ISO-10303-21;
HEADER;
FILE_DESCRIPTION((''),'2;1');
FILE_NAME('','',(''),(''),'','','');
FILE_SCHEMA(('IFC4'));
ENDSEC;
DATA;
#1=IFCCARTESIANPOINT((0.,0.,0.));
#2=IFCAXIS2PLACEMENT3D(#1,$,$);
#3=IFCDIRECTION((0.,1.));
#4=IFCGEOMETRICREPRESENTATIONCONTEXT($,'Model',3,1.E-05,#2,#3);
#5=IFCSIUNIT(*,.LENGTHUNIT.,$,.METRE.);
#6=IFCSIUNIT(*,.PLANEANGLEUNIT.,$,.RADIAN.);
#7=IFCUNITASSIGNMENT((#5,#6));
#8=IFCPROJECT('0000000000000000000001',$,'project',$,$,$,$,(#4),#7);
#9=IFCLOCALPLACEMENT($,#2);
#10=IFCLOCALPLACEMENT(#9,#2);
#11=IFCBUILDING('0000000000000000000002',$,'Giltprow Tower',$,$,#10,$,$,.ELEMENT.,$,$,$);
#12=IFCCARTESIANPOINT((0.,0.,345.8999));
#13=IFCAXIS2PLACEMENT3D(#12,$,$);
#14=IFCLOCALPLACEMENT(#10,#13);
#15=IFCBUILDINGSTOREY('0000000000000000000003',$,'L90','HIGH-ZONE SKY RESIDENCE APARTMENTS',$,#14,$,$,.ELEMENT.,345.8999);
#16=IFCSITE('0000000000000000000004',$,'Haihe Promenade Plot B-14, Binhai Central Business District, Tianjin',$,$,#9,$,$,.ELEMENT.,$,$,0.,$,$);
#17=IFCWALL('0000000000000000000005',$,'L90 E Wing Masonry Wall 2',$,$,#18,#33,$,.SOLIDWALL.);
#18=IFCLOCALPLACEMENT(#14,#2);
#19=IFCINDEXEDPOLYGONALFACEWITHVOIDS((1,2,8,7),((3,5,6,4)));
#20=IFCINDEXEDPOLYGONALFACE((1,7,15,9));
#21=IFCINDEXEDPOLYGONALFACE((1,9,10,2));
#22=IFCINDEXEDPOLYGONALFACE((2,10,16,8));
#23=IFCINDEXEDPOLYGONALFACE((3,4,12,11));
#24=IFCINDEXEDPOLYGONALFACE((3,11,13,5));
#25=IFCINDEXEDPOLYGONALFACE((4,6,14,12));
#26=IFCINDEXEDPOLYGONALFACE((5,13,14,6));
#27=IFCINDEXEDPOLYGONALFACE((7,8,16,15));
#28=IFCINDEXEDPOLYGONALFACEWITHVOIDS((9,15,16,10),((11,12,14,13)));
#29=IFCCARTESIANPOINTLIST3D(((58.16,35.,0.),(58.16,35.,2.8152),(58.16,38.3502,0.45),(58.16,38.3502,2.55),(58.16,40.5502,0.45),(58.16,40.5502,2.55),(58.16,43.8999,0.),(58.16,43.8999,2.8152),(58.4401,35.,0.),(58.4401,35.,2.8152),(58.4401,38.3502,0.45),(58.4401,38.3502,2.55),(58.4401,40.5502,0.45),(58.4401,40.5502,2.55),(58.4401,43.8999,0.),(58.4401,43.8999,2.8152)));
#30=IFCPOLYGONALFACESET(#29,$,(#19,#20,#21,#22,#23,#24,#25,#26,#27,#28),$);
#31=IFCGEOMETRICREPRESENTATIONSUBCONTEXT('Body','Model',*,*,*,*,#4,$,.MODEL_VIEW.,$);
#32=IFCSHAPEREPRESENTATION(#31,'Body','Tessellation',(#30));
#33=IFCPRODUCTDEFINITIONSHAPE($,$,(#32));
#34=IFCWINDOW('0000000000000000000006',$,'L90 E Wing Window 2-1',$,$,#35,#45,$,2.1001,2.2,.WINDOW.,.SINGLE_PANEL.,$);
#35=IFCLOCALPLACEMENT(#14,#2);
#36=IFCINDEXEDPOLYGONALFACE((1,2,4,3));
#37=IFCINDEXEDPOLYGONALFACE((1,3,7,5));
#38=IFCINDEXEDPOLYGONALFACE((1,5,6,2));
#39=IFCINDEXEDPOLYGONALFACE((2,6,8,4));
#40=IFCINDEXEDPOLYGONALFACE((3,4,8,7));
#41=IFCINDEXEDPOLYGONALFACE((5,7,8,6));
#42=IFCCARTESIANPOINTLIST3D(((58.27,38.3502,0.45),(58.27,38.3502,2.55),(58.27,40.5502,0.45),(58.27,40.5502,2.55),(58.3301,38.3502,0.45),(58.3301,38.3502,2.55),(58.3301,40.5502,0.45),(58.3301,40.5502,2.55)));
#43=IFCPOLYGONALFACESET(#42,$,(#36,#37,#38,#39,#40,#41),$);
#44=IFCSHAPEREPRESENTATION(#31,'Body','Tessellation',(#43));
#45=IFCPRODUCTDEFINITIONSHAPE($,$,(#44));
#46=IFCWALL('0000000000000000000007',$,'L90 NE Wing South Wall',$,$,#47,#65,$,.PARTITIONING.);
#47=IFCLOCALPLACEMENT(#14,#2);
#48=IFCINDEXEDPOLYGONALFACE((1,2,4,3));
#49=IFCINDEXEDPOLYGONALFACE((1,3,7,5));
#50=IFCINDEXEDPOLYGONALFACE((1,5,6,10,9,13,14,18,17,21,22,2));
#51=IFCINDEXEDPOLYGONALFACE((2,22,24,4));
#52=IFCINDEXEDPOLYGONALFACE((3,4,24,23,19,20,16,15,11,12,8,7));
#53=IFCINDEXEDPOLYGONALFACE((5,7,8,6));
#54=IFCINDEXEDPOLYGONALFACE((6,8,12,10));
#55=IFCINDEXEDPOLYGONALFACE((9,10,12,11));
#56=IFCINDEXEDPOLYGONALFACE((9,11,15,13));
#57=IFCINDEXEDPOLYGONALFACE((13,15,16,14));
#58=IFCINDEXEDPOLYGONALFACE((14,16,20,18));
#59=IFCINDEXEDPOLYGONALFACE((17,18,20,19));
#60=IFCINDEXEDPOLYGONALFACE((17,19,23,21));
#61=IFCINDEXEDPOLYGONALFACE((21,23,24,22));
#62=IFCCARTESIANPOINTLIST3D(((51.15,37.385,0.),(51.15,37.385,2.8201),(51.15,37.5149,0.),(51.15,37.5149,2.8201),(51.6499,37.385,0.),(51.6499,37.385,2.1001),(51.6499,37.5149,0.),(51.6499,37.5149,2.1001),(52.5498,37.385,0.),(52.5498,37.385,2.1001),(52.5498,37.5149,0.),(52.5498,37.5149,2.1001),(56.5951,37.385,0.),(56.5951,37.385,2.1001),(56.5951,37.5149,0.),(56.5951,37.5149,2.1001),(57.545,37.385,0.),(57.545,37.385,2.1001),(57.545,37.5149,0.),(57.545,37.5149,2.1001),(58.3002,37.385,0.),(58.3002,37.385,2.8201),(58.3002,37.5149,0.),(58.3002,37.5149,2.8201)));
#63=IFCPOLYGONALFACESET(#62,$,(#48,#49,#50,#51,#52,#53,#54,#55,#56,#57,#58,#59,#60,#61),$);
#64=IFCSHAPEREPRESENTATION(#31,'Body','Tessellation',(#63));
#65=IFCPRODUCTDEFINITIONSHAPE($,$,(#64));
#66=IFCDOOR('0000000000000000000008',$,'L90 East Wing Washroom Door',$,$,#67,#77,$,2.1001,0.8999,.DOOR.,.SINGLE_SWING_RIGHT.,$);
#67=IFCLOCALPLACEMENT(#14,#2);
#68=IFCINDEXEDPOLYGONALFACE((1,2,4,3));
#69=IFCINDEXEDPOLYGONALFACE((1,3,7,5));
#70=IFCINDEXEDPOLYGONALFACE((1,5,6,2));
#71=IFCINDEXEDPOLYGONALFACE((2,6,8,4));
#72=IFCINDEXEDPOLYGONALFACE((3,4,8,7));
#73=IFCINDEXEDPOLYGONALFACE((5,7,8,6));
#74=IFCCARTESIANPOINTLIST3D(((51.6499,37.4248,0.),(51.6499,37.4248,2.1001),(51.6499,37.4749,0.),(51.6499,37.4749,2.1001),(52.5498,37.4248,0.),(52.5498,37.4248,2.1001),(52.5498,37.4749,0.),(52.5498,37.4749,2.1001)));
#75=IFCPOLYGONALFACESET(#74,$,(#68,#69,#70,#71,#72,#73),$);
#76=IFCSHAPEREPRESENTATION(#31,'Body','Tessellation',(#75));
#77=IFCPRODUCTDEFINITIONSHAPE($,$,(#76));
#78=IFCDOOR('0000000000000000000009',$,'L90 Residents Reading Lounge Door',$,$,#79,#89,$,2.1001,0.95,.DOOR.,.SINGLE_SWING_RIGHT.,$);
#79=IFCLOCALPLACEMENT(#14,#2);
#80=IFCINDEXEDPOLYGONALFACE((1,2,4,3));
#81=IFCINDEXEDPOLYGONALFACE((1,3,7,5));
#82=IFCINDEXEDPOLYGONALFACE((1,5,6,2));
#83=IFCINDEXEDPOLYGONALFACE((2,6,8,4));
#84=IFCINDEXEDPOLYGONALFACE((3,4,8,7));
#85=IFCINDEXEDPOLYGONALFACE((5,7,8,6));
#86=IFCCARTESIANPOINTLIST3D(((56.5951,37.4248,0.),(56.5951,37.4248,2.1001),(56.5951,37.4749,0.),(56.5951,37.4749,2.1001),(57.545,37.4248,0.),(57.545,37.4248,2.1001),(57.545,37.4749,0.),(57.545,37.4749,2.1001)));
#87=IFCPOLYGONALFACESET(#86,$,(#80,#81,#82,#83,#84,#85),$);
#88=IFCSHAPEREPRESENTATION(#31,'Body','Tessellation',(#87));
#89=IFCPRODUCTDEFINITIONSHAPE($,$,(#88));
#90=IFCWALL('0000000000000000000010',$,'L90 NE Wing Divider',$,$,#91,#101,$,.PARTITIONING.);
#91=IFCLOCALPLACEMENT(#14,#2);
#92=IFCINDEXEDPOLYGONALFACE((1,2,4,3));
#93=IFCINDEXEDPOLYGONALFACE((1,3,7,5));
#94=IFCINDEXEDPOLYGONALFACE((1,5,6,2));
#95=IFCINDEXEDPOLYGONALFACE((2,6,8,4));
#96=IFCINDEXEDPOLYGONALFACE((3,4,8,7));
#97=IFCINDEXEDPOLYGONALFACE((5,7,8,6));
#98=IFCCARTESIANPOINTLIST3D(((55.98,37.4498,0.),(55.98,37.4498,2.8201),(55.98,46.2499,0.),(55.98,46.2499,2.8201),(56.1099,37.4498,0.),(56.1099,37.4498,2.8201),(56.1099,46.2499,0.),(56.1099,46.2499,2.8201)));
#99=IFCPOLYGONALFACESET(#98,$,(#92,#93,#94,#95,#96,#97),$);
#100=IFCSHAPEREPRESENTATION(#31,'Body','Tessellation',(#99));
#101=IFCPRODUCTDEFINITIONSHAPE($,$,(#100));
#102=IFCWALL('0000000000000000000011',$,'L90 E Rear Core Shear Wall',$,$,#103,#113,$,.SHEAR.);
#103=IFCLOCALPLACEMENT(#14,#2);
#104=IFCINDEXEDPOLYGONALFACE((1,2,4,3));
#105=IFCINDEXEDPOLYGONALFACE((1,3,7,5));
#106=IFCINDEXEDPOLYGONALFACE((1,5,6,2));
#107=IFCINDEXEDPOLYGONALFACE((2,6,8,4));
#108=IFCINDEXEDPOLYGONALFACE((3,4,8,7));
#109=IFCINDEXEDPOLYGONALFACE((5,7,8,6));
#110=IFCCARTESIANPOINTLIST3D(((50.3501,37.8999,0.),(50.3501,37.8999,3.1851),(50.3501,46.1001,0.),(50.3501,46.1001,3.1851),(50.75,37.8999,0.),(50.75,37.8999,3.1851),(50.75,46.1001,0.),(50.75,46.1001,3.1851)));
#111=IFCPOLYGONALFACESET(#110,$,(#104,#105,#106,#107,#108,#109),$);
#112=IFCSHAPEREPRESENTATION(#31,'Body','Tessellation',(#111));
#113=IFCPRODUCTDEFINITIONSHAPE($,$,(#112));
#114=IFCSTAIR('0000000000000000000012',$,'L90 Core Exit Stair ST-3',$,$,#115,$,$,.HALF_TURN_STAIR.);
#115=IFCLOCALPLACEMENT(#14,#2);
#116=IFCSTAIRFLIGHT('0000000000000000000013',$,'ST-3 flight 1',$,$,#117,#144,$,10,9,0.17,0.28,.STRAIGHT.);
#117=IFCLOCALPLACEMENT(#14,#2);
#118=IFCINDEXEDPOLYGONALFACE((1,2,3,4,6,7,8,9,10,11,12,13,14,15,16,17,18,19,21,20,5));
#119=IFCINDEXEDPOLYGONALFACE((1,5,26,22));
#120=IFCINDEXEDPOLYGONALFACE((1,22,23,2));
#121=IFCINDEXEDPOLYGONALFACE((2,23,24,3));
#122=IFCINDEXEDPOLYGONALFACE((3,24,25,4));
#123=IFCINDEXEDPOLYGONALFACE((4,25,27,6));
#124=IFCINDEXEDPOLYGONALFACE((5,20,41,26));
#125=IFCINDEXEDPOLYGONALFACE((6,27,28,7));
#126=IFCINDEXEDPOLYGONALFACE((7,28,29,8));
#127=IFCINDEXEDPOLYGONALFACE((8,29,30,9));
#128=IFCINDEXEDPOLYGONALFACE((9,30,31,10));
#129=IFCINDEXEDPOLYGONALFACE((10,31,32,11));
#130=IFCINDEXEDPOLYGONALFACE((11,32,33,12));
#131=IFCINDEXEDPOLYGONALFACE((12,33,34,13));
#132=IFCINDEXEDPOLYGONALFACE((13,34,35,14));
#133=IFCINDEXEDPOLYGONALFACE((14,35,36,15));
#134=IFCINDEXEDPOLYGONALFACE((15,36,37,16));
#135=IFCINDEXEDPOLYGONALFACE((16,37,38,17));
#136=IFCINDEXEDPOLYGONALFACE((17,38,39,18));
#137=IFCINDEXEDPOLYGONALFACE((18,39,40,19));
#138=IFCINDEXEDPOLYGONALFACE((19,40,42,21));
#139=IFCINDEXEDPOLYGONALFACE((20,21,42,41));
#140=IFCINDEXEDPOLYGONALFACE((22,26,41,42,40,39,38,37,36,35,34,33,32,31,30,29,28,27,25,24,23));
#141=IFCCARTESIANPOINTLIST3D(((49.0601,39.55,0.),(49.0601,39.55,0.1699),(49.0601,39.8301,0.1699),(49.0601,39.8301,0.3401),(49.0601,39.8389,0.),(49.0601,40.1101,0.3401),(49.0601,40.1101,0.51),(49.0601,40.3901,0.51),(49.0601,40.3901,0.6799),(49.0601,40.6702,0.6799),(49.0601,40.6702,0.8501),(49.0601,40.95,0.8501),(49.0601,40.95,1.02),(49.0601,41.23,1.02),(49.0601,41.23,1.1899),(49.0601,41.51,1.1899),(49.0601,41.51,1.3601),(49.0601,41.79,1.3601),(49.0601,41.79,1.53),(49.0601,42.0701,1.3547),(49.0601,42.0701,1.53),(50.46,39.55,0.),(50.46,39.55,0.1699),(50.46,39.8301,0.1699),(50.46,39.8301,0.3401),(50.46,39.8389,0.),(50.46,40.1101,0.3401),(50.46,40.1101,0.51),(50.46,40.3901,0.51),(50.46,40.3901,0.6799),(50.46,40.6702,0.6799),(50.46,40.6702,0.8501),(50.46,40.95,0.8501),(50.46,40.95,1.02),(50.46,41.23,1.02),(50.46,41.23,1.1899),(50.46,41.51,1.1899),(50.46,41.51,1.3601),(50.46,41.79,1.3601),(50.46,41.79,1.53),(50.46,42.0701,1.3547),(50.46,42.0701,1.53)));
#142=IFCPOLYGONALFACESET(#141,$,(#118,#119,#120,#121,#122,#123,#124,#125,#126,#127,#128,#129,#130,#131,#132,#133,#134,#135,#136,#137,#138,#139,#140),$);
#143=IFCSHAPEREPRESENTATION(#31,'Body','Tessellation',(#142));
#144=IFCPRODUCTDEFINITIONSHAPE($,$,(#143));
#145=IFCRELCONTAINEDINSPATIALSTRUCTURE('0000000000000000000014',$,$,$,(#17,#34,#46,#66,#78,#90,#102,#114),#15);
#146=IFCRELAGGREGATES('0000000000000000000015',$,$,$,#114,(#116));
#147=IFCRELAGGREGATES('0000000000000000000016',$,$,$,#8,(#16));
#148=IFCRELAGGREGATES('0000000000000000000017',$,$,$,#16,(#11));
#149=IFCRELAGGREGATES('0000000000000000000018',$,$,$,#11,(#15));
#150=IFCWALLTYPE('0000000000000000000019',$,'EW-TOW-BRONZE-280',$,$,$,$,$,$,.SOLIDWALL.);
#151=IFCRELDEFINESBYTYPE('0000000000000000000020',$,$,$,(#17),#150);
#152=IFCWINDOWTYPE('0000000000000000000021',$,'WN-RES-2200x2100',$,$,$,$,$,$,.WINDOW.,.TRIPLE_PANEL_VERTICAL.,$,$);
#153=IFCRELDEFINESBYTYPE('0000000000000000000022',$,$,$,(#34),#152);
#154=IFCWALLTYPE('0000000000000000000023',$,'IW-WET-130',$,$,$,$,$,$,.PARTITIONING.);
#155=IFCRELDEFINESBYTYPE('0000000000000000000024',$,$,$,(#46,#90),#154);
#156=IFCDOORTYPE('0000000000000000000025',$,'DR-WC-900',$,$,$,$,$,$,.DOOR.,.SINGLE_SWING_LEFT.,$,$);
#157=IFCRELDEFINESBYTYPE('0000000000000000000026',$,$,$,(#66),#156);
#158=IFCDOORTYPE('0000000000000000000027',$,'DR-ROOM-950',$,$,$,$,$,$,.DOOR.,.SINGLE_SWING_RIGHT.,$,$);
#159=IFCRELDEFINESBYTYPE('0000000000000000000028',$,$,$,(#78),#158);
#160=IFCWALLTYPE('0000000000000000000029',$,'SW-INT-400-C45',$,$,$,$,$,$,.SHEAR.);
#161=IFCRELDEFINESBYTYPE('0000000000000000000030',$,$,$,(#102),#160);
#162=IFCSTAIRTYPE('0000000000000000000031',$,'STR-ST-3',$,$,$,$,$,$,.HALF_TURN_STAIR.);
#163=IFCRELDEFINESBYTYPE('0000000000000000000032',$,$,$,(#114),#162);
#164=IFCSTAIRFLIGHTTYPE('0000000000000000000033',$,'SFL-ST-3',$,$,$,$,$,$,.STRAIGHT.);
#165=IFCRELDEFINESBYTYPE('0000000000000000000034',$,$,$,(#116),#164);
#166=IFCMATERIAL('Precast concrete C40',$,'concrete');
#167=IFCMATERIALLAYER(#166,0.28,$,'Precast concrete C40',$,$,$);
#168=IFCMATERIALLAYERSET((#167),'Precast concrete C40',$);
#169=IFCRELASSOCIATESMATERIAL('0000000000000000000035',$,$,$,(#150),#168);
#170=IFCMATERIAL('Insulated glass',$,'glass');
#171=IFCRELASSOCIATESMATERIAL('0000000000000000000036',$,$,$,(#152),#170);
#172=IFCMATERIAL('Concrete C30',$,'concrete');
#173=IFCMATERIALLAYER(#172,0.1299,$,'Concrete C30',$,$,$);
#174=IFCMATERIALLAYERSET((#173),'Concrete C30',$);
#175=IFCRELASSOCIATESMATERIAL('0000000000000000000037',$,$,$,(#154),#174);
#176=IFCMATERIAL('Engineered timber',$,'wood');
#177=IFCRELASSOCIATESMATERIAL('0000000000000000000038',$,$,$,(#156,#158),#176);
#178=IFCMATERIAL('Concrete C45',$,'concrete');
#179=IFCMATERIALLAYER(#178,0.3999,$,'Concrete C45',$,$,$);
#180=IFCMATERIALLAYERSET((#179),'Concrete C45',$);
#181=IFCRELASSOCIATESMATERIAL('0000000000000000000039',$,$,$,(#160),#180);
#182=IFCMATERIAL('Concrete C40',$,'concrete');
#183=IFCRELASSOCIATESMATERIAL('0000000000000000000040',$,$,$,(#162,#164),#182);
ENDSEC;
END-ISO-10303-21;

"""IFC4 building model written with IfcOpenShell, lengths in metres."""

from ifc_helpers import new_model, si_unit, direction, frame, frame_2d, origin, place, context, subcontext, project, spatial, polyline, rectangle, outline, extrude, source, transform, mapped, material, layer, layer_set, type_object, element, fill, aggregate, save


model = new_model("IFC4")

# Units and contexts
model_context = context("Model", 3, precision=1e-05, world=origin(), true_north=direction((0.0, 1.0)))
body_context = subcontext(model_context, "Body", "Model", "MODEL_VIEW")
ifc_project = project(units=[si_unit("LENGTHUNIT", "METRE"), si_unit("PLANEANGLEUNIT", "RADIAN")], contexts=[model_context])

# Site, building, storey
site_placement = place(None, origin())
site = spatial("IfcSite", under=ifc_project, at=site_placement, Name="Haihe Promenade Plot B-14, Binhai Central Business District, Tianjin", CompositionType="ELEMENT", RefElevation=0.0)
building_placement = place(site_placement, origin())
building = spatial("IfcBuilding", under=site, at=building_placement, Name="Giltprow Tower", CompositionType="ELEMENT")
storey_placement = place(building_placement, frame((0.0, 0.0, 345.8999)))
storey = spatial("IfcBuildingStorey", under=building, at=storey_placement, Name="L90", Description="HIGH-ZONE SKY RESIDENCE APARTMENTS", CompositionType="ELEMENT", Elevation=345.8999)

# Shared definitions
ifc_material_1 = material(Name="Concrete C45", Category="concrete")

# Wall, opening, window
ifc_material_2 = material(Name="Precast concrete C40", Category="concrete")
ifc_material_3 = material(Name="Insulated glass", Category="glass")
ifc_layer_1 = layer(ifc_material_2, 0.28, Name="Precast concrete C40")
ifc_layer_set_1 = layer_set([ifc_layer_1], Name="Precast concrete C40")
wall_type_1 = type_object("IfcWallType", Name="EW-TOW-BRONZE-280", PredefinedType="SOLIDWALL", material=ifc_layer_set_1)
wall_1_placement = place(storey_placement, frame((58.3, 35.0, 0.0), z_axis=(0.0, 0.0, 1.0), x_axis=(0.0, 1.0, 0.0)))
wall_1 = element("IfcWall", 1, at=wall_1_placement, inside=storey, type_object=wall_type_1, Name="L90 E Wing Masonry Wall 2", PredefinedType="SOLIDWALL", context=body_context, shape_type="SweptSolid", body=[
    extrude(rectangle(XDim=8.8999, YDim=0.28, at=frame_2d((4.45, 0.0))), origin(), (0.0, 0.0, 1.0), 2.8152),
])
opening_1_placement = place(wall_1_placement, frame((3.3501, 0.0, 0.45)))
opening_1 = element("IfcOpeningElement", 2, at=opening_1_placement, cuts=wall_1, PredefinedType="OPENING", context=body_context, shape_type="SweptSolid", body=[
    extrude(rectangle(XDim=2.2, YDim=2.1001, at=frame_2d((1.1001, 1.05))), frame((0.0, 0.1499, 0.0), z_axis=(0.0, -1.0, 0.0), x_axis=(1.0, 0.0, 0.0)), (0.0, 0.0, 1.0), 0.3),
])
window_type_1 = type_object("IfcWindowType", Name="WN-RES-2200x2100", PartitioningType="TRIPLE_PANEL_VERTICAL", PredefinedType="WINDOW", material=ifc_material_3)
shared_shape_1 = source(origin(), body_context, "Body", "SweptSolid", [
    extrude(rectangle(XDim=2.2, YDim=2.1001, at=frame_2d((1.1001, 1.05))), frame((0.0, 0.03, 0.0), z_axis=(0.0, -1.0, 0.0), x_axis=(1.0, 0.0, 0.0)), (0.0, 0.0, 1.0), 0.0601),
])
window_1_placement = place(opening_1_placement, origin())
window_1 = element("IfcWindow", 3, at=window_1_placement, inside=storey, type_object=window_type_1, Name="L90 E Wing Window 2-1", OverallHeight=2.1001, OverallWidth=2.2, PartitioningType="SINGLE_PANEL", PredefinedType="WINDOW", context=body_context, shape_type="MappedRepresentation", body=[
    mapped(shared_shape_1, transform((0.0, 0.0, 0.0), x_axis=(1.0, 0.0, 0.0), y_axis=(0.0, 1.0, 0.0), z_axis=(0.0, 0.0, 1.0), scale=1.0)),
])
fill(opening_1, window_1)

# Wall, openings, doors
ifc_material_4 = material(Name="Concrete C30", Category="concrete")
ifc_layer_2 = layer(ifc_material_4, 0.1299, Name="Concrete C30")
ifc_layer_set_2 = layer_set([ifc_layer_2], Name="Concrete C30")
wall_type_2 = type_object("IfcWallType", Name="IW-WET-130", PredefinedType="PARTITIONING", material=ifc_layer_set_2)
wall_2_placement = place(storey_placement, frame((51.1499, 37.45, 0.0), z_axis=(0.0, 0.0, 1.0), x_axis=(1.0, 0.0, 0.0)))
wall_2 = element("IfcWall", 4, at=wall_2_placement, inside=storey, type_object=wall_type_2, Name="L90 NE Wing South Wall", PredefinedType="PARTITIONING", context=body_context, shape_type="SweptSolid", body=[
    extrude(rectangle(XDim=7.1501, YDim=0.1299, at=frame_2d((3.5752, 0.0))), origin(), (0.0, 0.0, 1.0), 2.8201),
])
opening_2_placement = place(wall_2_placement, frame((0.5, 0.0, 0.0)))
opening_2 = element("IfcOpeningElement", 5, at=opening_2_placement, cuts=wall_2, PredefinedType="OPENING", context=body_context, shape_type="SweptSolid", body=[
    extrude(rectangle(XDim=0.8999, YDim=2.1001, at=frame_2d((0.45, 1.05))), frame((0.0, 0.075, 0.0), z_axis=(0.0, -1.0, 0.0), x_axis=(1.0, 0.0, 0.0)), (0.0, 0.0, 1.0), 0.1499),
])
opening_3_placement = place(wall_2_placement, frame((5.4451, 0.0, 0.0)))
opening_3 = element("IfcOpeningElement", 6, at=opening_3_placement, cuts=wall_2, PredefinedType="OPENING", context=body_context, shape_type="SweptSolid", body=[
    extrude(rectangle(XDim=0.95, YDim=2.1001, at=frame_2d((0.4751, 1.05))), frame((0.0, 0.075, 0.0), z_axis=(0.0, -1.0, 0.0), x_axis=(1.0, 0.0, 0.0)), (0.0, 0.0, 1.0), 0.1499),
])
ifc_material_5 = material(Name="Engineered timber", Category="wood")
door_type_1 = type_object("IfcDoorType", Name="DR-WC-900", OperationType="SINGLE_SWING_LEFT", PredefinedType="DOOR", material=ifc_material_5)
shared_shape_2 = source(origin(), body_context, "Body", "SweptSolid", [
    extrude(rectangle(XDim=0.8999, YDim=2.1001, at=frame_2d((0.45, 1.05))), frame((0.0, 0.0249, 0.0), z_axis=(0.0, -1.0, 0.0), x_axis=(1.0, 0.0, 0.0)), (0.0, 0.0, 1.0), 0.05),
])
door_1_placement = place(opening_2_placement, origin())
door_1 = element("IfcDoor", 7, at=door_1_placement, inside=storey, type_object=door_type_1, Name="L90 East Wing Washroom Door", OperationType="SINGLE_SWING_RIGHT", OverallHeight=2.1001, OverallWidth=0.8999, PredefinedType="DOOR", context=body_context, shape_type="MappedRepresentation", body=[
    mapped(shared_shape_2, transform((0.0, 0.0, 0.0), x_axis=(1.0, 0.0, 0.0), y_axis=(0.0, 1.0, 0.0), z_axis=(0.0, 0.0, 1.0), scale=1.0)),
])
fill(opening_2, door_1)
door_type_2 = type_object("IfcDoorType", Name="DR-ROOM-950", OperationType="SINGLE_SWING_RIGHT", PredefinedType="DOOR", material=ifc_material_5)
shared_shape_3 = source(origin(), body_context, "Body", "SweptSolid", [
    extrude(rectangle(XDim=0.95, YDim=2.1001, at=frame_2d((0.4751, 1.05))), frame((0.0, 0.0249, 0.0), z_axis=(0.0, -1.0, 0.0), x_axis=(1.0, 0.0, 0.0)), (0.0, 0.0, 1.0), 0.05),
])
door_2_placement = place(opening_3_placement, origin())
door_2 = element("IfcDoor", 8, at=door_2_placement, inside=storey, type_object=door_type_2, Name="L90 Residents Reading Lounge Door", OperationType="SINGLE_SWING_RIGHT", OverallHeight=2.1001, OverallWidth=0.95, PredefinedType="DOOR", context=body_context, shape_type="MappedRepresentation", body=[
    mapped(shared_shape_3, transform((0.0, 0.0, 0.0), x_axis=(1.0, 0.0, 0.0), y_axis=(0.0, 1.0, 0.0), z_axis=(0.0, 0.0, 1.0), scale=1.0)),
])
fill(opening_3, door_2)

# Walls
wall_3_placement = place(storey_placement, frame((56.0449, 37.45, 0.0), z_axis=(0.0, 0.0, 1.0), x_axis=(0.0, 1.0, 0.0)))
element("IfcWall", 9, at=wall_3_placement, inside=storey, type_object=wall_type_2, Name="L90 NE Wing Divider", PredefinedType="PARTITIONING", context=body_context, shape_type="SweptSolid", body=[
    extrude(rectangle(XDim=8.8, YDim=0.1299, at=frame_2d((4.3999, 0.0))), origin(), (0.0, 0.0, 1.0), 2.8201),
])
ifc_layer_3 = layer(ifc_material_1, 0.3999, Name="Concrete C45")
ifc_layer_set_3 = layer_set([ifc_layer_3], Name="Concrete C45")
wall_type_3 = type_object("IfcWallType", Name="SW-INT-400-C45", PredefinedType="SHEAR", material=ifc_layer_set_3)
wall_4_placement = place(storey_placement, frame((50.55, 37.8999, 0.0), z_axis=(0.0, 0.0, 1.0), x_axis=(0.0, 1.0, 0.0)))
element("IfcWall", 10, at=wall_4_placement, inside=storey, type_object=wall_type_3, Name="L90 E Rear Core Shear Wall", PredefinedType="SHEAR", context=body_context, shape_type="SweptSolid", body=[
    extrude(rectangle(XDim=8.2002, YDim=0.3999, at=frame_2d((4.1001, 0.0))), origin(), (0.0, 0.0, 1.0), 3.1851),
])

# Stair, stair flight
ifc_material_6 = material(Name="Concrete C40", Category="concrete")
stair_type = type_object("IfcStairType", Name="STR-ST-3", PredefinedType="HALF_TURN_STAIR", material=ifc_material_6)
stair_placement = place(storey_placement, origin())
stair = element("IfcStair", 11, at=stair_placement, inside=storey, type_object=stair_type, Name="L90 Core Exit Stair ST-3", PredefinedType="HALF_TURN_STAIR")
stair_flight_type = type_object("IfcStairFlightType", Name="SFL-ST-3", PredefinedType="STRAIGHT", material=ifc_material_6)
stair_flight_placement = place(storey_placement, frame((49.76, 39.55, 0.0), z_axis=(0.0, 0.0, 1.0), x_axis=(0.0, 1.0, 0.0)))
stair_flight = element("IfcStairFlight", 12, at=stair_flight_placement, type_object=stair_flight_type, Name="ST-3 flight 1", NumberOfRisers=10, NumberOfTreads=9, PredefinedType="STRAIGHT", RiserHeight=0.17, TreadLength=0.28, context=body_context, shape_type="SweptSolid", body=[
    extrude(outline(polyline([(0.0, 0.0), (0.0, 0.1699), (0.28, 0.1699), (0.28, 0.3401), (0.5601, 0.3401), (0.5601, 0.51), (0.8401, 0.51), (0.8401, 0.6799), (1.1201, 0.6799), (1.1201, 0.8501), (1.3999, 0.8501), (1.3999, 1.02), (1.6799, 1.02), (1.6799, 1.1899), (1.96, 1.1899), (1.96, 1.3601), (2.24, 1.3601), (2.24, 1.53), (2.52, 1.53), (2.52, 1.7), (2.52, 1.3547), (0.2888, 0.0), (0.0, 0.0)])), frame((0.0, 0.7, 0.0), z_axis=(0.0, -1.0, 0.0), x_axis=(1.0, 0.0, 0.0)), (0.0, 0.0, 1.0), 1.3999),
])
aggregate(stair, [stair_flight])

save(model, "model.ifc")
